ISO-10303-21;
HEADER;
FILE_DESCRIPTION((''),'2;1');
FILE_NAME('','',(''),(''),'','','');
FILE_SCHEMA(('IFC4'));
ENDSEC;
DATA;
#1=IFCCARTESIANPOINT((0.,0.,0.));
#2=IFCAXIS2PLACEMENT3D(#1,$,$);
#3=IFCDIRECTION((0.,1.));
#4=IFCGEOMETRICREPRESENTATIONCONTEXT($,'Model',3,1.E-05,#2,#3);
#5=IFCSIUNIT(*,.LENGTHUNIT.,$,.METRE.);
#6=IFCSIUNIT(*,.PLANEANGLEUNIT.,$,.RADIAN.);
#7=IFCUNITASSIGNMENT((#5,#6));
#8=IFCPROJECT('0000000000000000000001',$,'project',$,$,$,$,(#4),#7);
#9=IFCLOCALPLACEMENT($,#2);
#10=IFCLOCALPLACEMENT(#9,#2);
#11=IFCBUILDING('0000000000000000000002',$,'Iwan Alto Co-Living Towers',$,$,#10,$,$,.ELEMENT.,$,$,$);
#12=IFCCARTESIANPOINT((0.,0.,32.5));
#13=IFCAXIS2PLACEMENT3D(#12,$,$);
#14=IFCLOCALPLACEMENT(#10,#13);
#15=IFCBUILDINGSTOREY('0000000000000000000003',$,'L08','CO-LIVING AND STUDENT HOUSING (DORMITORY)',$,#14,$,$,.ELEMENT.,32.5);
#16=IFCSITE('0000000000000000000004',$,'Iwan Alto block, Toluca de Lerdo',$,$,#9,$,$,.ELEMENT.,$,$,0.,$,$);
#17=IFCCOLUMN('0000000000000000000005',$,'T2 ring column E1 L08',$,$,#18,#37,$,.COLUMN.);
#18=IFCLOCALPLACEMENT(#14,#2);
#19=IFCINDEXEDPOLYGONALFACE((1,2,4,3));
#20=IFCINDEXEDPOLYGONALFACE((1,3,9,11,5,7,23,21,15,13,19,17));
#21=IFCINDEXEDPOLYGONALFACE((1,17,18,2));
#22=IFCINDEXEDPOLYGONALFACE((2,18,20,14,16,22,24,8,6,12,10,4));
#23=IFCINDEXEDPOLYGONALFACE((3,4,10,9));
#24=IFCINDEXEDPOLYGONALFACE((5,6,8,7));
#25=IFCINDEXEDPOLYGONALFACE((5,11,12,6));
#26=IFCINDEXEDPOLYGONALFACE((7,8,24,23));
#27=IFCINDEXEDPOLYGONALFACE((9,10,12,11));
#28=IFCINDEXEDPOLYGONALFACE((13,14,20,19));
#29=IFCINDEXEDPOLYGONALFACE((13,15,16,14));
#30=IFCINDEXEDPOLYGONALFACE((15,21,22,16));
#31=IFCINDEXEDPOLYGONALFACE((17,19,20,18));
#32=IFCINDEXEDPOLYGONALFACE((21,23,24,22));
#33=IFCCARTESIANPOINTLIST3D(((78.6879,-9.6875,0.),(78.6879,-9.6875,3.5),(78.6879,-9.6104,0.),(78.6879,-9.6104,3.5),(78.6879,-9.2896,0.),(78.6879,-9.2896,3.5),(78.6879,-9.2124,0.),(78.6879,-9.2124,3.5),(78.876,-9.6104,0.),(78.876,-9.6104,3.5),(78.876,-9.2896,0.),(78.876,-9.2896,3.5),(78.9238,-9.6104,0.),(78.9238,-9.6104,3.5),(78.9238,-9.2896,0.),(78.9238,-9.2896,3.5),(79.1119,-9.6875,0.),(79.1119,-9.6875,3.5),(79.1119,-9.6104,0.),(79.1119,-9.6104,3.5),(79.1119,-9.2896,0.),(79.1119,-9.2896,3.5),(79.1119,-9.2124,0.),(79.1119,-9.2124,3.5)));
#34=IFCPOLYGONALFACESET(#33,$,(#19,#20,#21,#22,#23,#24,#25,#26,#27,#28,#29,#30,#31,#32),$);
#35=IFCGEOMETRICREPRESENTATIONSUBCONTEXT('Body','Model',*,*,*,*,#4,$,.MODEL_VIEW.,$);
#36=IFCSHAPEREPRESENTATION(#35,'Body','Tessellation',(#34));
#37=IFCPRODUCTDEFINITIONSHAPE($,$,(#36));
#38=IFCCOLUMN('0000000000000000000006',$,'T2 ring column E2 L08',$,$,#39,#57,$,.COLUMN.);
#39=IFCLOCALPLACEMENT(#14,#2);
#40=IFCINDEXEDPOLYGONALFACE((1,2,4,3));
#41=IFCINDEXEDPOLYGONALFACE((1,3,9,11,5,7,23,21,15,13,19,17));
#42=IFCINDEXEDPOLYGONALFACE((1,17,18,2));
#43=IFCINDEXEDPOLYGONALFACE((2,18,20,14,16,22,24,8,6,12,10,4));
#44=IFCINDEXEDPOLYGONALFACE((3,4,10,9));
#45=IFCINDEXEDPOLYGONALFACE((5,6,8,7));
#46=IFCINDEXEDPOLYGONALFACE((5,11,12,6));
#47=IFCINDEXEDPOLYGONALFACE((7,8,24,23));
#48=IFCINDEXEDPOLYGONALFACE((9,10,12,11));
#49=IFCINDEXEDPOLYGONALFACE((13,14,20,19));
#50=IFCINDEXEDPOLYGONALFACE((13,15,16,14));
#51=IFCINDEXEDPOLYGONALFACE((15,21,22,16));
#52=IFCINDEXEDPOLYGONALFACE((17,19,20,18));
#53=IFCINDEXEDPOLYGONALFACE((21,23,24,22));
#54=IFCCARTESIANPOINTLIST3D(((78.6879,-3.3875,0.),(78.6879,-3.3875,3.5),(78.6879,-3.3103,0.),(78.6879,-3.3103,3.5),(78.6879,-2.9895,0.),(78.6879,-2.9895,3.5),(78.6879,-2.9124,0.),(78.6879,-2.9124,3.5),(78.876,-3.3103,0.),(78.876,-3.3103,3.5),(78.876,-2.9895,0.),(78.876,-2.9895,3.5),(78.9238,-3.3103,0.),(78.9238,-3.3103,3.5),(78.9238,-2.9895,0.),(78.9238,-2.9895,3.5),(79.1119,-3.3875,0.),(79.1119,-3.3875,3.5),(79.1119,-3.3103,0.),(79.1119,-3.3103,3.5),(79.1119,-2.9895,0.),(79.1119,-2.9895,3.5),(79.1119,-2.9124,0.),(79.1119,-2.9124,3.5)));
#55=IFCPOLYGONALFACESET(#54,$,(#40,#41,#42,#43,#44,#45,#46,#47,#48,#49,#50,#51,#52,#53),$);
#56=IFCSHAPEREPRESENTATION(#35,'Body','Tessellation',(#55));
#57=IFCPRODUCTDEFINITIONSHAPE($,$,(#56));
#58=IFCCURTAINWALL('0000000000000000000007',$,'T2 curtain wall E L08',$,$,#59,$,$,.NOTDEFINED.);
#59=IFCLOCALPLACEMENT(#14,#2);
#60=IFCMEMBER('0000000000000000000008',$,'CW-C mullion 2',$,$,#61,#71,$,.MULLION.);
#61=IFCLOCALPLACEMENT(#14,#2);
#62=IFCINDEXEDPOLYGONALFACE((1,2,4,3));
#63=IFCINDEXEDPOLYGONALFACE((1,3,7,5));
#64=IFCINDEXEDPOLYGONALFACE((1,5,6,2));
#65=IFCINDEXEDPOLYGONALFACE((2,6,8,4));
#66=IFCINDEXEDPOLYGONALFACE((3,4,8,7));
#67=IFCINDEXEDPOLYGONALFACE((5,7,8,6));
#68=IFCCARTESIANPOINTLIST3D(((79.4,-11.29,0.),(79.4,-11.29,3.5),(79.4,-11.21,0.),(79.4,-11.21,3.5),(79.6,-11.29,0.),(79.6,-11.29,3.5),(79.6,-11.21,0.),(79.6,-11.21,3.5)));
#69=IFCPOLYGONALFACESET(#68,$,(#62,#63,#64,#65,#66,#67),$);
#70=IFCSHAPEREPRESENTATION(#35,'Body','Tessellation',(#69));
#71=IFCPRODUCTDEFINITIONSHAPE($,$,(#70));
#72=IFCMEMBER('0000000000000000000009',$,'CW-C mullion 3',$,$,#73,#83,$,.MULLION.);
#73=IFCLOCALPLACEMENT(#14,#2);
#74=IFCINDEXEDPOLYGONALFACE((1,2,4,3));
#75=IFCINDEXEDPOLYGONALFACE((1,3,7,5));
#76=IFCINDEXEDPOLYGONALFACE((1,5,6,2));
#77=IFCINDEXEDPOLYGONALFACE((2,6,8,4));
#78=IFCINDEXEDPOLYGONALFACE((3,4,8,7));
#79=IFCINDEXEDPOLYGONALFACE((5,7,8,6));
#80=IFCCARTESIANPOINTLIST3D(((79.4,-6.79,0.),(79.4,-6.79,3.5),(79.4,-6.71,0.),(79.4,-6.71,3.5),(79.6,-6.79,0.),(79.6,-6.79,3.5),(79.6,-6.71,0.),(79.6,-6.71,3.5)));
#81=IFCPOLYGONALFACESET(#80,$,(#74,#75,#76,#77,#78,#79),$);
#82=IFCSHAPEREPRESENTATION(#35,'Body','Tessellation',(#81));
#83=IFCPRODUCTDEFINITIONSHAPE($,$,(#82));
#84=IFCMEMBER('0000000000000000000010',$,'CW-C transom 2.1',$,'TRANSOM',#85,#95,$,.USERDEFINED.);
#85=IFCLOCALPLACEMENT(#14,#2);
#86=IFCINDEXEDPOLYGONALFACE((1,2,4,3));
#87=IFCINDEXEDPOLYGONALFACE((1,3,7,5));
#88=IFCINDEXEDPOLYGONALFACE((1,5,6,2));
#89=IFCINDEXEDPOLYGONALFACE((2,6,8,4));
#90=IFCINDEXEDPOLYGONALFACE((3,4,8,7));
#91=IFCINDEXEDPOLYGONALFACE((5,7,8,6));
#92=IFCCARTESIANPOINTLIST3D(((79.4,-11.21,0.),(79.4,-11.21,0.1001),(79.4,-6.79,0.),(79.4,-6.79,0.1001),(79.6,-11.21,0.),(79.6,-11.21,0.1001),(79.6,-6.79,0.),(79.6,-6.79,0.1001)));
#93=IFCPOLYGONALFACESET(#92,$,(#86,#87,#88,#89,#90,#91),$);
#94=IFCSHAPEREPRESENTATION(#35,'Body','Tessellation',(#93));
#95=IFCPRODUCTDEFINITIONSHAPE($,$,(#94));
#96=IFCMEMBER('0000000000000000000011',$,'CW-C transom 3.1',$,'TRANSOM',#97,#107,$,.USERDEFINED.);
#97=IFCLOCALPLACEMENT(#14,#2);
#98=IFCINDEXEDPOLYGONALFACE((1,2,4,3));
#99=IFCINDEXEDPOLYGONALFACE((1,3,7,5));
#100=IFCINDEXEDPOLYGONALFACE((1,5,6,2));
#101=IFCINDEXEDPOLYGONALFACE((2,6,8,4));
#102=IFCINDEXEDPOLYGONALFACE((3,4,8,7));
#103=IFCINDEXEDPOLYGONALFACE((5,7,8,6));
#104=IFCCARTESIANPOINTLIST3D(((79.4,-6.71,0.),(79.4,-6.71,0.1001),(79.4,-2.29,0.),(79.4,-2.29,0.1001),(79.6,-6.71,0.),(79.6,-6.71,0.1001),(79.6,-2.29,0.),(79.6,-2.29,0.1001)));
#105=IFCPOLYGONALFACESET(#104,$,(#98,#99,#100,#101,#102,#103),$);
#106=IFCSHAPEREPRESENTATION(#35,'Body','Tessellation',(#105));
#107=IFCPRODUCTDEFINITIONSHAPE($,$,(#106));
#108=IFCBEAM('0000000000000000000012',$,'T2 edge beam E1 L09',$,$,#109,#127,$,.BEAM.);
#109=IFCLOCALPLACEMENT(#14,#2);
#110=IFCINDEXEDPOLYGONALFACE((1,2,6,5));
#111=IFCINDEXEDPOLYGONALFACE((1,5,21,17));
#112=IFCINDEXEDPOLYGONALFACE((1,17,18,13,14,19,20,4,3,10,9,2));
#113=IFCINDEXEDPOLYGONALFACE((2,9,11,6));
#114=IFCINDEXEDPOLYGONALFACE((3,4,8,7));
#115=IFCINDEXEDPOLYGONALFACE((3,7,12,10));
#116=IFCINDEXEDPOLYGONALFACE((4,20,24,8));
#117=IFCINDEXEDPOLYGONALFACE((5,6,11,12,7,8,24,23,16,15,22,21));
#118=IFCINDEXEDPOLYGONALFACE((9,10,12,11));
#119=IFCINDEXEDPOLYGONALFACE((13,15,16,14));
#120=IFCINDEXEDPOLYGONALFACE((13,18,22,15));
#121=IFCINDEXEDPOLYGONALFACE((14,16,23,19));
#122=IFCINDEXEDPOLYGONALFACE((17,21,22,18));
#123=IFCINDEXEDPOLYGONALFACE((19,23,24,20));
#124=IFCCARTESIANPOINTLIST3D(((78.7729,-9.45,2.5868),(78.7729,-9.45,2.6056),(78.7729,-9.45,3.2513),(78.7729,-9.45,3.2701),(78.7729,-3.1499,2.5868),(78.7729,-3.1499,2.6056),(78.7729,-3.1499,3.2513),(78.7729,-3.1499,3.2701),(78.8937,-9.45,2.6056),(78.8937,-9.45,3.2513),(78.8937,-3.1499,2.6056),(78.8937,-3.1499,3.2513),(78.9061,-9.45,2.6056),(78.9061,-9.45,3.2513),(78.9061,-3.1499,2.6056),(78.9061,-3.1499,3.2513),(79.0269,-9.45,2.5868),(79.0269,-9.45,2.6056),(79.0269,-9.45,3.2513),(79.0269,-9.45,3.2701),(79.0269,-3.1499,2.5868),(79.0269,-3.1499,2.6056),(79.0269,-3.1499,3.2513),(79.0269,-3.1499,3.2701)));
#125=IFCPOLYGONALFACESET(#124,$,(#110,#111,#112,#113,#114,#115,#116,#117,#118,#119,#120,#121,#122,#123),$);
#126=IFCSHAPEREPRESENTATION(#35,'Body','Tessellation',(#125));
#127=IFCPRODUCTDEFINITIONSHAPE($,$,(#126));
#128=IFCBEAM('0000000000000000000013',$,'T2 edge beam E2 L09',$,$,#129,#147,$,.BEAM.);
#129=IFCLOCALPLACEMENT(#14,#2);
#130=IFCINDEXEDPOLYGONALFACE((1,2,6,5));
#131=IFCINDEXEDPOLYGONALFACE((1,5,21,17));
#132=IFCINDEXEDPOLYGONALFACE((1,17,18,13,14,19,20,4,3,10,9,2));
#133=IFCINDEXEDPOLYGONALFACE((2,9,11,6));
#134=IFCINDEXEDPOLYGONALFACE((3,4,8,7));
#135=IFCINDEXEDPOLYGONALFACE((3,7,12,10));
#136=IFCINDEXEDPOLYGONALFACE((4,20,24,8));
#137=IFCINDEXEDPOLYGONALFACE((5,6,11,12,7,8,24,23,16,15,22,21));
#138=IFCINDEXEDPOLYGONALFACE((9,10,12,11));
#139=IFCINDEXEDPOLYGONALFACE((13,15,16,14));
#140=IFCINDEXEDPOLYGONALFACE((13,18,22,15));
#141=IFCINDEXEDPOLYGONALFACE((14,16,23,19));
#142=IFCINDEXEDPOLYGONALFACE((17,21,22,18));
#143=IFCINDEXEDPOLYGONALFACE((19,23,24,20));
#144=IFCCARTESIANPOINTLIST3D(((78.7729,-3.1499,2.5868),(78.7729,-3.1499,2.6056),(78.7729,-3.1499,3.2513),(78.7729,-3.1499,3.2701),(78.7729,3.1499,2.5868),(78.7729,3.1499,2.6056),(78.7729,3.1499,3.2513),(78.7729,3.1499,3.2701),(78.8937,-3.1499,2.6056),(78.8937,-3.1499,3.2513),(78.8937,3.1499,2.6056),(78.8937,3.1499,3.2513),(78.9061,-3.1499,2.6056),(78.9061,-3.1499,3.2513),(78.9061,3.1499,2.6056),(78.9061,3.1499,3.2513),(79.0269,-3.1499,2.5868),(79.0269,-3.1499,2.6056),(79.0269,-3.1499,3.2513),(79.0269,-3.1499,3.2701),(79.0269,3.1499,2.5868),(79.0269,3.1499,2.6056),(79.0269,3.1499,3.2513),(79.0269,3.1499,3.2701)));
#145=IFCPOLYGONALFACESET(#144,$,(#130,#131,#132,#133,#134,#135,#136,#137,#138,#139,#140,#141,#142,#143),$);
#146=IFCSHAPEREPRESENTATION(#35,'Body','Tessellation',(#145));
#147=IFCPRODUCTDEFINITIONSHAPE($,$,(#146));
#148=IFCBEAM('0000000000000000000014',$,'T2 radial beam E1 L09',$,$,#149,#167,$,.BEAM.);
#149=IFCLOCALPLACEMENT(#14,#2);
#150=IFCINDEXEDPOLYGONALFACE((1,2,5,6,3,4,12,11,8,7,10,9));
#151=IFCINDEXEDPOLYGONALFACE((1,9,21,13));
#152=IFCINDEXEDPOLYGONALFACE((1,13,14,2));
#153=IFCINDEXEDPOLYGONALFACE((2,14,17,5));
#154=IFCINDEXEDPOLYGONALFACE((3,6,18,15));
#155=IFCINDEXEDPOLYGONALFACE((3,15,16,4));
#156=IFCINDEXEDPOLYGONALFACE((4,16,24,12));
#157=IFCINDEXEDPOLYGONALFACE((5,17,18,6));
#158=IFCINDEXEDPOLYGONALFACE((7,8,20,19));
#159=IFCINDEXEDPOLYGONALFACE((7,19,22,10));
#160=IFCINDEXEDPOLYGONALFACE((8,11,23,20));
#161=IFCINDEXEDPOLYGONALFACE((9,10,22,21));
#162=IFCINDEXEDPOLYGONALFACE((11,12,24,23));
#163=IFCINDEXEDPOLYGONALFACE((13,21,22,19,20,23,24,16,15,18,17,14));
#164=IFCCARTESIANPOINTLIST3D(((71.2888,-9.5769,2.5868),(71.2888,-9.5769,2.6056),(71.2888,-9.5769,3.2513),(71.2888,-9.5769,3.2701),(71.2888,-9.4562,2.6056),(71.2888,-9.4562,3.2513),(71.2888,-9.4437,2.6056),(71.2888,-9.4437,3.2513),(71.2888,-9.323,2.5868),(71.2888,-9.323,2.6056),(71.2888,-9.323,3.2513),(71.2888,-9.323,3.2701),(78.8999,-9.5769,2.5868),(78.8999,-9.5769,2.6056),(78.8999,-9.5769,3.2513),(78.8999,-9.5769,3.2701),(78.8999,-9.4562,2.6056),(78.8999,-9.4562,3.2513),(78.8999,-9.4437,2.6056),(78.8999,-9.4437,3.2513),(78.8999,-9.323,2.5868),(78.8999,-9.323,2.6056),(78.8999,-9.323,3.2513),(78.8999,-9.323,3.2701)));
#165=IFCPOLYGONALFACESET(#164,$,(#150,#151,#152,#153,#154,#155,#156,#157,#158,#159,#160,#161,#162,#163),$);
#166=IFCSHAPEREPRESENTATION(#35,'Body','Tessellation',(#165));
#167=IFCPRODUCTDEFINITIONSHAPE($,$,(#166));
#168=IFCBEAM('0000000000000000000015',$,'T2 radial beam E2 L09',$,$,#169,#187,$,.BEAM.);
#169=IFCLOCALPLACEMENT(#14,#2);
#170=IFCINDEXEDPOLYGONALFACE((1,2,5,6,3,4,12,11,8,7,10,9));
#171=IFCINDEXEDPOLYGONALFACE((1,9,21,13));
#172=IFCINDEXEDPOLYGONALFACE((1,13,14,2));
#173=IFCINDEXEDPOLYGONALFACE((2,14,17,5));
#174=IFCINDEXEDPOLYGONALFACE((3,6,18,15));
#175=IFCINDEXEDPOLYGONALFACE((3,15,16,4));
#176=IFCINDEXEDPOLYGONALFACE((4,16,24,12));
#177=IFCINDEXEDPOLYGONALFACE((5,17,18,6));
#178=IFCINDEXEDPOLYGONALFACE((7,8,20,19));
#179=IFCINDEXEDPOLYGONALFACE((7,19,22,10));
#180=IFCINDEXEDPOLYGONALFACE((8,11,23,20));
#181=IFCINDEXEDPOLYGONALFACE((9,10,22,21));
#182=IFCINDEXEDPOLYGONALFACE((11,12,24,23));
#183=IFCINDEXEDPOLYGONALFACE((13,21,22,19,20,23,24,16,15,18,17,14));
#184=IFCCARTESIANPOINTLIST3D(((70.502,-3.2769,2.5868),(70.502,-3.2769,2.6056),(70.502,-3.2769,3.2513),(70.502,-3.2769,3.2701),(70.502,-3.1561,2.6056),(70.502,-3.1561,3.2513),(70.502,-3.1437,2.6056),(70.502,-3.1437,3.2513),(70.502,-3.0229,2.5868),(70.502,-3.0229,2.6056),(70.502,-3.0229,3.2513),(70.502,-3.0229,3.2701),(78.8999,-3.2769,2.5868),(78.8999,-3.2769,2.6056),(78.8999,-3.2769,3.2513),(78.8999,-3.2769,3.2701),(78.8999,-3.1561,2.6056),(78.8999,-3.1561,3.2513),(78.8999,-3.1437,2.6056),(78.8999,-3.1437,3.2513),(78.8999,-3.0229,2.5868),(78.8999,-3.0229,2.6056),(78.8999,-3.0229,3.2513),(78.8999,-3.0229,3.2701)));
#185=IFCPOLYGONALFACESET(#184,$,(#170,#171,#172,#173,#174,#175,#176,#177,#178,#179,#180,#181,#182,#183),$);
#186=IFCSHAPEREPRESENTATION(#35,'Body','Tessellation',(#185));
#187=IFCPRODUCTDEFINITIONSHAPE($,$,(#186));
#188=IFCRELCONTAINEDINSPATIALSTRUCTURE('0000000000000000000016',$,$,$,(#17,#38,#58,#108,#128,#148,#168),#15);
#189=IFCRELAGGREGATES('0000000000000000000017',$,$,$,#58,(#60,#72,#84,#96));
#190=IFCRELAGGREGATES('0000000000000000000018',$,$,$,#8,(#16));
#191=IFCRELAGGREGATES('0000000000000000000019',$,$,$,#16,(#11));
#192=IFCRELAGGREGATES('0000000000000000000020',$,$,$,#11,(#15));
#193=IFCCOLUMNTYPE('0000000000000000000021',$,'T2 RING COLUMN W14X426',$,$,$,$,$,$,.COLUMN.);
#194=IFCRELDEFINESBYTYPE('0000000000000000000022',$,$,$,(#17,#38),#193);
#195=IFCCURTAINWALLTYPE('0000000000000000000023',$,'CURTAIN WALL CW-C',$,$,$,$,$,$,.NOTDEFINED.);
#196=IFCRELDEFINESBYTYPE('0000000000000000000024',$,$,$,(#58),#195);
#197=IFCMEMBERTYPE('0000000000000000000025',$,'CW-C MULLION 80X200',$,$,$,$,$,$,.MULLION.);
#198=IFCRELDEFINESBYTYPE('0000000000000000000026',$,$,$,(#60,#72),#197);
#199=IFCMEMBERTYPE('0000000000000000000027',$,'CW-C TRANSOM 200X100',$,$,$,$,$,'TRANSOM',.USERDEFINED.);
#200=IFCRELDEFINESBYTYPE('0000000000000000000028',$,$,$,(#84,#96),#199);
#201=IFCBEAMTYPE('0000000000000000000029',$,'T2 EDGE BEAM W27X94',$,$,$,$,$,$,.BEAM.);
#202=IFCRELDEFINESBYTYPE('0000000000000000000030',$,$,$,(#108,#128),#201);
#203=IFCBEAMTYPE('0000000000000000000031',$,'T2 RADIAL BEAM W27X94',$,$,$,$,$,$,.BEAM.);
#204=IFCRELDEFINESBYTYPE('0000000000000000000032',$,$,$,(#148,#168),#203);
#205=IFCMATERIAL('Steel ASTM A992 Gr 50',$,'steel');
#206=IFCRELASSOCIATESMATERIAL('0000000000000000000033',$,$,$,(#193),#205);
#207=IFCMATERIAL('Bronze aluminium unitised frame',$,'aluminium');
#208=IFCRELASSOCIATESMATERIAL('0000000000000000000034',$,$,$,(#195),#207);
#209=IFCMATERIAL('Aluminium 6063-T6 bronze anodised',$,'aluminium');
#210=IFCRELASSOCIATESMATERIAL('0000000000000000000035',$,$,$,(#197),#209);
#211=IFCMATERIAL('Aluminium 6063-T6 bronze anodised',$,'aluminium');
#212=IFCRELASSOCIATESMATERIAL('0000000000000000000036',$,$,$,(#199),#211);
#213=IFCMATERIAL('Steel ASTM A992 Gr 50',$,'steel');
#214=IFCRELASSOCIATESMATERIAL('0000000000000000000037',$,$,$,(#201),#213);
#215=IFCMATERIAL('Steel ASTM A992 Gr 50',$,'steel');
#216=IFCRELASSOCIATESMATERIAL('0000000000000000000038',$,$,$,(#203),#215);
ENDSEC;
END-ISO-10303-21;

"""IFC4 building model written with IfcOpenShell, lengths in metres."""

from ifc_helpers import new_model, si_unit, direction, frame, origin, origin_2d, place, context, subcontext, project, spatial, rectangle, i_section, extrude, material, material_profile, profile_set, type_object, element, aggregate, save


model = new_model("IFC4")

# Units and contexts
model_context = context("Model", 3, precision=1e-05, world=origin(), true_north=direction((0.0, 1.0)))
body_context = subcontext(model_context, "Body", "Model", "MODEL_VIEW")
ifc_project = project(units=[si_unit("LENGTHUNIT", "METRE"), si_unit("PLANEANGLEUNIT", "RADIAN")], contexts=[model_context])

# Site, building, storey
site_placement = place(None, origin())
site = spatial("IfcSite", under=ifc_project, at=site_placement, Name="Iwan Alto block, Toluca de Lerdo", CompositionType="ELEMENT", RefElevation=0.0)
building_placement = place(site_placement, origin())
building = spatial("IfcBuilding", under=site, at=building_placement, Name="Iwan Alto Co-Living Towers", CompositionType="ELEMENT")
storey_placement = place(building_placement, frame((0.0, 0.0, 32.5)))
storey = spatial("IfcBuildingStorey", under=building, at=storey_placement, Name="L08", Description="CO-LIVING AND STUDENT HOUSING (DORMITORY)", CompositionType="ELEMENT", Elevation=32.5)

# Columns
ifc_material_1 = material(Name="Steel ASTM A992 Gr 50", Category="steel")
ifc_material_profile_1 = material_profile(ifc_material_1, i_section(OverallWidth=0.4241, OverallDepth=0.4751, WebThickness=0.0479, FlangeThickness=0.0771, at=origin_2d()), Name="W14X426")
ifc_profile_set_1 = profile_set([ifc_material_profile_1], Name="Steel ASTM A992 Gr 50")
column_type = type_object("IfcColumnType", Name="T2 RING COLUMN W14X426", PredefinedType="COLUMN", material=ifc_profile_set_1)
for number, where, z_axis, x_axis, name in (
    (1, (78.8999, -9.45, 0.0), (0.0, 0.0, 1.0), (1.0, 0.0, 0.0), "T2 ring column E1 L08"),
    (2, (78.8999, -3.1499, 0.0), (0.0, 0.0, 1.0), (1.0, 0.0, 0.0), "T2 ring column E2 L08"),
):
    element("IfcColumn", number, at=place(storey_placement, frame(where, z_axis=z_axis, x_axis=x_axis)), inside=storey, type_object=column_type, Name=name, PredefinedType="COLUMN", context=body_context, shape_type="SweptSolid", body=[
        extrude(i_section(OverallWidth=0.4241, OverallDepth=0.4751, WebThickness=0.0479, FlangeThickness=0.0771, at=origin_2d()), origin(), (0.0, 0.0, 1.0), 3.5),
    ])

# Curtain wall, members
ifc_material_2 = material(Name="Bronze aluminium unitised frame", Category="aluminium")
curtain_wall_type = type_object("IfcCurtainWallType", Name="CURTAIN WALL CW-C", PredefinedType="NOTDEFINED", material=ifc_material_2)
curtain_wall_placement = place(storey_placement, origin())
curtain_wall = element("IfcCurtainWall", 3, at=curtain_wall_placement, inside=storey, type_object=curtain_wall_type, Name="T2 curtain wall E L08", PredefinedType="NOTDEFINED")
ifc_material_3 = material(Name="Aluminium 6063-T6 bronze anodised", Category="aluminium")
ifc_material_profile_2 = material_profile(ifc_material_3, rectangle(XDim=0.2, YDim=0.0801, at=origin_2d()), Name="AL 80X200")
ifc_profile_set_2 = profile_set([ifc_material_profile_2], Name="Aluminium 6063-T6 bronze anodised")
member_type_1 = type_object("IfcMemberType", Name="CW-C MULLION 80X200", PredefinedType="MULLION", material=ifc_profile_set_2)
member_1_placement = place(storey_placement, frame((79.5, -11.25, 0.0), z_axis=(0.0, 0.0, 1.0), x_axis=(-1.0, 0.0, 0.0)))
member_1 = element("IfcMember", 4, at=member_1_placement, type_object=member_type_1, Name="CW-C mullion 2", PredefinedType="MULLION", context=body_context, shape_type="SweptSolid", body=[
    extrude(rectangle(XDim=0.2, YDim=0.0801, at=origin_2d()), origin(), (0.0, 0.0, 1.0), 3.5),
])
member_2_placement = place(storey_placement, frame((79.5, -6.75, 0.0), z_axis=(0.0, 0.0, 1.0), x_axis=(-1.0, 0.0, 0.0)))
member_2 = element("IfcMember", 5, at=member_2_placement, type_object=member_type_1, Name="CW-C mullion 3", PredefinedType="MULLION", context=body_context, shape_type="SweptSolid", body=[
    extrude(rectangle(XDim=0.2, YDim=0.0801, at=origin_2d()), origin(), (0.0, 0.0, 1.0), 3.5),
])
ifc_material_4 = material(Name="Aluminium 6063-T6 bronze anodised", Category="aluminium")
ifc_material_profile_3 = material_profile(ifc_material_4, rectangle(XDim=0.2, YDim=0.1001, at=origin_2d()), Name="AL 200X100")
ifc_profile_set_3 = profile_set([ifc_material_profile_3], Name="Aluminium 6063-T6 bronze anodised")
member_type_2 = type_object("IfcMemberType", Name="CW-C TRANSOM 200X100", ElementType="TRANSOM", PredefinedType="USERDEFINED", material=ifc_profile_set_3)
member_3_placement = place(storey_placement, frame((79.5, -11.21, 0.05), z_axis=(0.0, 1.0, 0.0), x_axis=(-1.0, 0.0, 0.0)))
member_3 = element("IfcMember", 6, at=member_3_placement, type_object=member_type_2, Name="CW-C transom 2.1", ObjectType="TRANSOM", PredefinedType="USERDEFINED", context=body_context, shape_type="SweptSolid", body=[
    extrude(rectangle(XDim=0.2, YDim=0.1001, at=origin_2d()), origin(), (0.0, 0.0, 1.0), 4.4199),
])
member_4_placement = place(storey_placement, frame((79.5, -6.71, 0.05), z_axis=(0.0, 1.0, 0.0), x_axis=(-1.0, 0.0, 0.0)))
member_4 = element("IfcMember", 7, at=member_4_placement, type_object=member_type_2, Name="CW-C transom 3.1", ObjectType="TRANSOM", PredefinedType="USERDEFINED", context=body_context, shape_type="SweptSolid", body=[
    extrude(rectangle(XDim=0.2, YDim=0.1001, at=origin_2d()), origin(), (0.0, 0.0, 1.0), 4.4199),
])

# Beams
ifc_material_5 = material(Name="Steel ASTM A992 Gr 50", Category="steel")
ifc_material_profile_4 = material_profile(ifc_material_5, i_section(OverallWidth=0.2539, OverallDepth=0.6833, WebThickness=0.0125, FlangeThickness=0.0188, at=origin_2d()), Name="W27X94")
ifc_profile_set_4 = profile_set([ifc_material_profile_4], Name="Steel ASTM A992 Gr 50")
beam_type_1 = type_object("IfcBeamType", Name="T2 EDGE BEAM W27X94", PredefinedType="BEAM", material=ifc_profile_set_4)
beam_1_placement = place(storey_placement, frame((78.8999, -9.45, 2.9285), z_axis=(0.0, 1.0, 0.0), x_axis=(-1.0, 0.0, 0.0)))
element("IfcBeam", 8, at=beam_1_placement, inside=storey, type_object=beam_type_1, Name="T2 edge beam E1 L09", PredefinedType="BEAM", context=body_context, shape_type="SweptSolid", body=[
    extrude(i_section(OverallWidth=0.2539, OverallDepth=0.6833, WebThickness=0.0125, FlangeThickness=0.0188, at=origin_2d()), origin(), (0.0, 0.0, 1.0), 6.3),
])
beam_2_placement = place(storey_placement, frame((78.8999, -3.1499, 2.9285), z_axis=(0.0, 1.0, 0.0), x_axis=(-1.0, 0.0, 0.0)))
element("IfcBeam", 9, at=beam_2_placement, inside=storey, type_object=beam_type_1, Name="T2 edge beam E2 L09", PredefinedType="BEAM", context=body_context, shape_type="SweptSolid", body=[
    extrude(i_section(OverallWidth=0.2539, OverallDepth=0.6833, WebThickness=0.0125, FlangeThickness=0.0188, at=origin_2d()), origin(), (0.0, 0.0, 1.0), 6.2998),
])
ifc_material_6 = material(Name="Steel ASTM A992 Gr 50", Category="steel")
ifc_material_profile_5 = material_profile(ifc_material_6, i_section(OverallWidth=0.2539, OverallDepth=0.6833, WebThickness=0.0125, FlangeThickness=0.0188, at=origin_2d()), Name="W27X94")
ifc_profile_set_5 = profile_set([ifc_material_profile_5], Name="Steel ASTM A992 Gr 50")
beam_type_2 = type_object("IfcBeamType", Name="T2 RADIAL BEAM W27X94", PredefinedType="BEAM", material=ifc_profile_set_5)
beam_3_placement = place(storey_placement, frame((78.8999, -9.45, 2.9285), z_axis=(-1.0, 0.0, 0.0), x_axis=(0.0, -1.0, 0.0)))
element("IfcBeam", 10, at=beam_3_placement, inside=storey, type_object=beam_type_2, Name="T2 radial beam E1 L09", PredefinedType="BEAM", context=body_context, shape_type="SweptSolid", body=[
    extrude(i_section(OverallWidth=0.2539, OverallDepth=0.6833, WebThickness=0.0125, FlangeThickness=0.0188, at=origin_2d()), origin(), (0.0, 0.0, 1.0), 7.6111),
])
beam_4_placement = place(storey_placement, frame((78.8999, -3.1499, 2.9285), z_axis=(-1.0, 0.0, 0.0), x_axis=(0.0, -1.0, 0.0)))
element("IfcBeam", 11, at=beam_4_placement, inside=storey, type_object=beam_type_2, Name="T2 radial beam E2 L09", PredefinedType="BEAM", context=body_context, shape_type="SweptSolid", body=[
    extrude(i_section(OverallWidth=0.2539, OverallDepth=0.6833, WebThickness=0.0125, FlangeThickness=0.0188, at=origin_2d()), origin(), (0.0, 0.0, 1.0), 8.3979),
])

aggregate(curtain_wall, [member_1, member_2, member_3, member_4])

save(model, "model.ifc")
